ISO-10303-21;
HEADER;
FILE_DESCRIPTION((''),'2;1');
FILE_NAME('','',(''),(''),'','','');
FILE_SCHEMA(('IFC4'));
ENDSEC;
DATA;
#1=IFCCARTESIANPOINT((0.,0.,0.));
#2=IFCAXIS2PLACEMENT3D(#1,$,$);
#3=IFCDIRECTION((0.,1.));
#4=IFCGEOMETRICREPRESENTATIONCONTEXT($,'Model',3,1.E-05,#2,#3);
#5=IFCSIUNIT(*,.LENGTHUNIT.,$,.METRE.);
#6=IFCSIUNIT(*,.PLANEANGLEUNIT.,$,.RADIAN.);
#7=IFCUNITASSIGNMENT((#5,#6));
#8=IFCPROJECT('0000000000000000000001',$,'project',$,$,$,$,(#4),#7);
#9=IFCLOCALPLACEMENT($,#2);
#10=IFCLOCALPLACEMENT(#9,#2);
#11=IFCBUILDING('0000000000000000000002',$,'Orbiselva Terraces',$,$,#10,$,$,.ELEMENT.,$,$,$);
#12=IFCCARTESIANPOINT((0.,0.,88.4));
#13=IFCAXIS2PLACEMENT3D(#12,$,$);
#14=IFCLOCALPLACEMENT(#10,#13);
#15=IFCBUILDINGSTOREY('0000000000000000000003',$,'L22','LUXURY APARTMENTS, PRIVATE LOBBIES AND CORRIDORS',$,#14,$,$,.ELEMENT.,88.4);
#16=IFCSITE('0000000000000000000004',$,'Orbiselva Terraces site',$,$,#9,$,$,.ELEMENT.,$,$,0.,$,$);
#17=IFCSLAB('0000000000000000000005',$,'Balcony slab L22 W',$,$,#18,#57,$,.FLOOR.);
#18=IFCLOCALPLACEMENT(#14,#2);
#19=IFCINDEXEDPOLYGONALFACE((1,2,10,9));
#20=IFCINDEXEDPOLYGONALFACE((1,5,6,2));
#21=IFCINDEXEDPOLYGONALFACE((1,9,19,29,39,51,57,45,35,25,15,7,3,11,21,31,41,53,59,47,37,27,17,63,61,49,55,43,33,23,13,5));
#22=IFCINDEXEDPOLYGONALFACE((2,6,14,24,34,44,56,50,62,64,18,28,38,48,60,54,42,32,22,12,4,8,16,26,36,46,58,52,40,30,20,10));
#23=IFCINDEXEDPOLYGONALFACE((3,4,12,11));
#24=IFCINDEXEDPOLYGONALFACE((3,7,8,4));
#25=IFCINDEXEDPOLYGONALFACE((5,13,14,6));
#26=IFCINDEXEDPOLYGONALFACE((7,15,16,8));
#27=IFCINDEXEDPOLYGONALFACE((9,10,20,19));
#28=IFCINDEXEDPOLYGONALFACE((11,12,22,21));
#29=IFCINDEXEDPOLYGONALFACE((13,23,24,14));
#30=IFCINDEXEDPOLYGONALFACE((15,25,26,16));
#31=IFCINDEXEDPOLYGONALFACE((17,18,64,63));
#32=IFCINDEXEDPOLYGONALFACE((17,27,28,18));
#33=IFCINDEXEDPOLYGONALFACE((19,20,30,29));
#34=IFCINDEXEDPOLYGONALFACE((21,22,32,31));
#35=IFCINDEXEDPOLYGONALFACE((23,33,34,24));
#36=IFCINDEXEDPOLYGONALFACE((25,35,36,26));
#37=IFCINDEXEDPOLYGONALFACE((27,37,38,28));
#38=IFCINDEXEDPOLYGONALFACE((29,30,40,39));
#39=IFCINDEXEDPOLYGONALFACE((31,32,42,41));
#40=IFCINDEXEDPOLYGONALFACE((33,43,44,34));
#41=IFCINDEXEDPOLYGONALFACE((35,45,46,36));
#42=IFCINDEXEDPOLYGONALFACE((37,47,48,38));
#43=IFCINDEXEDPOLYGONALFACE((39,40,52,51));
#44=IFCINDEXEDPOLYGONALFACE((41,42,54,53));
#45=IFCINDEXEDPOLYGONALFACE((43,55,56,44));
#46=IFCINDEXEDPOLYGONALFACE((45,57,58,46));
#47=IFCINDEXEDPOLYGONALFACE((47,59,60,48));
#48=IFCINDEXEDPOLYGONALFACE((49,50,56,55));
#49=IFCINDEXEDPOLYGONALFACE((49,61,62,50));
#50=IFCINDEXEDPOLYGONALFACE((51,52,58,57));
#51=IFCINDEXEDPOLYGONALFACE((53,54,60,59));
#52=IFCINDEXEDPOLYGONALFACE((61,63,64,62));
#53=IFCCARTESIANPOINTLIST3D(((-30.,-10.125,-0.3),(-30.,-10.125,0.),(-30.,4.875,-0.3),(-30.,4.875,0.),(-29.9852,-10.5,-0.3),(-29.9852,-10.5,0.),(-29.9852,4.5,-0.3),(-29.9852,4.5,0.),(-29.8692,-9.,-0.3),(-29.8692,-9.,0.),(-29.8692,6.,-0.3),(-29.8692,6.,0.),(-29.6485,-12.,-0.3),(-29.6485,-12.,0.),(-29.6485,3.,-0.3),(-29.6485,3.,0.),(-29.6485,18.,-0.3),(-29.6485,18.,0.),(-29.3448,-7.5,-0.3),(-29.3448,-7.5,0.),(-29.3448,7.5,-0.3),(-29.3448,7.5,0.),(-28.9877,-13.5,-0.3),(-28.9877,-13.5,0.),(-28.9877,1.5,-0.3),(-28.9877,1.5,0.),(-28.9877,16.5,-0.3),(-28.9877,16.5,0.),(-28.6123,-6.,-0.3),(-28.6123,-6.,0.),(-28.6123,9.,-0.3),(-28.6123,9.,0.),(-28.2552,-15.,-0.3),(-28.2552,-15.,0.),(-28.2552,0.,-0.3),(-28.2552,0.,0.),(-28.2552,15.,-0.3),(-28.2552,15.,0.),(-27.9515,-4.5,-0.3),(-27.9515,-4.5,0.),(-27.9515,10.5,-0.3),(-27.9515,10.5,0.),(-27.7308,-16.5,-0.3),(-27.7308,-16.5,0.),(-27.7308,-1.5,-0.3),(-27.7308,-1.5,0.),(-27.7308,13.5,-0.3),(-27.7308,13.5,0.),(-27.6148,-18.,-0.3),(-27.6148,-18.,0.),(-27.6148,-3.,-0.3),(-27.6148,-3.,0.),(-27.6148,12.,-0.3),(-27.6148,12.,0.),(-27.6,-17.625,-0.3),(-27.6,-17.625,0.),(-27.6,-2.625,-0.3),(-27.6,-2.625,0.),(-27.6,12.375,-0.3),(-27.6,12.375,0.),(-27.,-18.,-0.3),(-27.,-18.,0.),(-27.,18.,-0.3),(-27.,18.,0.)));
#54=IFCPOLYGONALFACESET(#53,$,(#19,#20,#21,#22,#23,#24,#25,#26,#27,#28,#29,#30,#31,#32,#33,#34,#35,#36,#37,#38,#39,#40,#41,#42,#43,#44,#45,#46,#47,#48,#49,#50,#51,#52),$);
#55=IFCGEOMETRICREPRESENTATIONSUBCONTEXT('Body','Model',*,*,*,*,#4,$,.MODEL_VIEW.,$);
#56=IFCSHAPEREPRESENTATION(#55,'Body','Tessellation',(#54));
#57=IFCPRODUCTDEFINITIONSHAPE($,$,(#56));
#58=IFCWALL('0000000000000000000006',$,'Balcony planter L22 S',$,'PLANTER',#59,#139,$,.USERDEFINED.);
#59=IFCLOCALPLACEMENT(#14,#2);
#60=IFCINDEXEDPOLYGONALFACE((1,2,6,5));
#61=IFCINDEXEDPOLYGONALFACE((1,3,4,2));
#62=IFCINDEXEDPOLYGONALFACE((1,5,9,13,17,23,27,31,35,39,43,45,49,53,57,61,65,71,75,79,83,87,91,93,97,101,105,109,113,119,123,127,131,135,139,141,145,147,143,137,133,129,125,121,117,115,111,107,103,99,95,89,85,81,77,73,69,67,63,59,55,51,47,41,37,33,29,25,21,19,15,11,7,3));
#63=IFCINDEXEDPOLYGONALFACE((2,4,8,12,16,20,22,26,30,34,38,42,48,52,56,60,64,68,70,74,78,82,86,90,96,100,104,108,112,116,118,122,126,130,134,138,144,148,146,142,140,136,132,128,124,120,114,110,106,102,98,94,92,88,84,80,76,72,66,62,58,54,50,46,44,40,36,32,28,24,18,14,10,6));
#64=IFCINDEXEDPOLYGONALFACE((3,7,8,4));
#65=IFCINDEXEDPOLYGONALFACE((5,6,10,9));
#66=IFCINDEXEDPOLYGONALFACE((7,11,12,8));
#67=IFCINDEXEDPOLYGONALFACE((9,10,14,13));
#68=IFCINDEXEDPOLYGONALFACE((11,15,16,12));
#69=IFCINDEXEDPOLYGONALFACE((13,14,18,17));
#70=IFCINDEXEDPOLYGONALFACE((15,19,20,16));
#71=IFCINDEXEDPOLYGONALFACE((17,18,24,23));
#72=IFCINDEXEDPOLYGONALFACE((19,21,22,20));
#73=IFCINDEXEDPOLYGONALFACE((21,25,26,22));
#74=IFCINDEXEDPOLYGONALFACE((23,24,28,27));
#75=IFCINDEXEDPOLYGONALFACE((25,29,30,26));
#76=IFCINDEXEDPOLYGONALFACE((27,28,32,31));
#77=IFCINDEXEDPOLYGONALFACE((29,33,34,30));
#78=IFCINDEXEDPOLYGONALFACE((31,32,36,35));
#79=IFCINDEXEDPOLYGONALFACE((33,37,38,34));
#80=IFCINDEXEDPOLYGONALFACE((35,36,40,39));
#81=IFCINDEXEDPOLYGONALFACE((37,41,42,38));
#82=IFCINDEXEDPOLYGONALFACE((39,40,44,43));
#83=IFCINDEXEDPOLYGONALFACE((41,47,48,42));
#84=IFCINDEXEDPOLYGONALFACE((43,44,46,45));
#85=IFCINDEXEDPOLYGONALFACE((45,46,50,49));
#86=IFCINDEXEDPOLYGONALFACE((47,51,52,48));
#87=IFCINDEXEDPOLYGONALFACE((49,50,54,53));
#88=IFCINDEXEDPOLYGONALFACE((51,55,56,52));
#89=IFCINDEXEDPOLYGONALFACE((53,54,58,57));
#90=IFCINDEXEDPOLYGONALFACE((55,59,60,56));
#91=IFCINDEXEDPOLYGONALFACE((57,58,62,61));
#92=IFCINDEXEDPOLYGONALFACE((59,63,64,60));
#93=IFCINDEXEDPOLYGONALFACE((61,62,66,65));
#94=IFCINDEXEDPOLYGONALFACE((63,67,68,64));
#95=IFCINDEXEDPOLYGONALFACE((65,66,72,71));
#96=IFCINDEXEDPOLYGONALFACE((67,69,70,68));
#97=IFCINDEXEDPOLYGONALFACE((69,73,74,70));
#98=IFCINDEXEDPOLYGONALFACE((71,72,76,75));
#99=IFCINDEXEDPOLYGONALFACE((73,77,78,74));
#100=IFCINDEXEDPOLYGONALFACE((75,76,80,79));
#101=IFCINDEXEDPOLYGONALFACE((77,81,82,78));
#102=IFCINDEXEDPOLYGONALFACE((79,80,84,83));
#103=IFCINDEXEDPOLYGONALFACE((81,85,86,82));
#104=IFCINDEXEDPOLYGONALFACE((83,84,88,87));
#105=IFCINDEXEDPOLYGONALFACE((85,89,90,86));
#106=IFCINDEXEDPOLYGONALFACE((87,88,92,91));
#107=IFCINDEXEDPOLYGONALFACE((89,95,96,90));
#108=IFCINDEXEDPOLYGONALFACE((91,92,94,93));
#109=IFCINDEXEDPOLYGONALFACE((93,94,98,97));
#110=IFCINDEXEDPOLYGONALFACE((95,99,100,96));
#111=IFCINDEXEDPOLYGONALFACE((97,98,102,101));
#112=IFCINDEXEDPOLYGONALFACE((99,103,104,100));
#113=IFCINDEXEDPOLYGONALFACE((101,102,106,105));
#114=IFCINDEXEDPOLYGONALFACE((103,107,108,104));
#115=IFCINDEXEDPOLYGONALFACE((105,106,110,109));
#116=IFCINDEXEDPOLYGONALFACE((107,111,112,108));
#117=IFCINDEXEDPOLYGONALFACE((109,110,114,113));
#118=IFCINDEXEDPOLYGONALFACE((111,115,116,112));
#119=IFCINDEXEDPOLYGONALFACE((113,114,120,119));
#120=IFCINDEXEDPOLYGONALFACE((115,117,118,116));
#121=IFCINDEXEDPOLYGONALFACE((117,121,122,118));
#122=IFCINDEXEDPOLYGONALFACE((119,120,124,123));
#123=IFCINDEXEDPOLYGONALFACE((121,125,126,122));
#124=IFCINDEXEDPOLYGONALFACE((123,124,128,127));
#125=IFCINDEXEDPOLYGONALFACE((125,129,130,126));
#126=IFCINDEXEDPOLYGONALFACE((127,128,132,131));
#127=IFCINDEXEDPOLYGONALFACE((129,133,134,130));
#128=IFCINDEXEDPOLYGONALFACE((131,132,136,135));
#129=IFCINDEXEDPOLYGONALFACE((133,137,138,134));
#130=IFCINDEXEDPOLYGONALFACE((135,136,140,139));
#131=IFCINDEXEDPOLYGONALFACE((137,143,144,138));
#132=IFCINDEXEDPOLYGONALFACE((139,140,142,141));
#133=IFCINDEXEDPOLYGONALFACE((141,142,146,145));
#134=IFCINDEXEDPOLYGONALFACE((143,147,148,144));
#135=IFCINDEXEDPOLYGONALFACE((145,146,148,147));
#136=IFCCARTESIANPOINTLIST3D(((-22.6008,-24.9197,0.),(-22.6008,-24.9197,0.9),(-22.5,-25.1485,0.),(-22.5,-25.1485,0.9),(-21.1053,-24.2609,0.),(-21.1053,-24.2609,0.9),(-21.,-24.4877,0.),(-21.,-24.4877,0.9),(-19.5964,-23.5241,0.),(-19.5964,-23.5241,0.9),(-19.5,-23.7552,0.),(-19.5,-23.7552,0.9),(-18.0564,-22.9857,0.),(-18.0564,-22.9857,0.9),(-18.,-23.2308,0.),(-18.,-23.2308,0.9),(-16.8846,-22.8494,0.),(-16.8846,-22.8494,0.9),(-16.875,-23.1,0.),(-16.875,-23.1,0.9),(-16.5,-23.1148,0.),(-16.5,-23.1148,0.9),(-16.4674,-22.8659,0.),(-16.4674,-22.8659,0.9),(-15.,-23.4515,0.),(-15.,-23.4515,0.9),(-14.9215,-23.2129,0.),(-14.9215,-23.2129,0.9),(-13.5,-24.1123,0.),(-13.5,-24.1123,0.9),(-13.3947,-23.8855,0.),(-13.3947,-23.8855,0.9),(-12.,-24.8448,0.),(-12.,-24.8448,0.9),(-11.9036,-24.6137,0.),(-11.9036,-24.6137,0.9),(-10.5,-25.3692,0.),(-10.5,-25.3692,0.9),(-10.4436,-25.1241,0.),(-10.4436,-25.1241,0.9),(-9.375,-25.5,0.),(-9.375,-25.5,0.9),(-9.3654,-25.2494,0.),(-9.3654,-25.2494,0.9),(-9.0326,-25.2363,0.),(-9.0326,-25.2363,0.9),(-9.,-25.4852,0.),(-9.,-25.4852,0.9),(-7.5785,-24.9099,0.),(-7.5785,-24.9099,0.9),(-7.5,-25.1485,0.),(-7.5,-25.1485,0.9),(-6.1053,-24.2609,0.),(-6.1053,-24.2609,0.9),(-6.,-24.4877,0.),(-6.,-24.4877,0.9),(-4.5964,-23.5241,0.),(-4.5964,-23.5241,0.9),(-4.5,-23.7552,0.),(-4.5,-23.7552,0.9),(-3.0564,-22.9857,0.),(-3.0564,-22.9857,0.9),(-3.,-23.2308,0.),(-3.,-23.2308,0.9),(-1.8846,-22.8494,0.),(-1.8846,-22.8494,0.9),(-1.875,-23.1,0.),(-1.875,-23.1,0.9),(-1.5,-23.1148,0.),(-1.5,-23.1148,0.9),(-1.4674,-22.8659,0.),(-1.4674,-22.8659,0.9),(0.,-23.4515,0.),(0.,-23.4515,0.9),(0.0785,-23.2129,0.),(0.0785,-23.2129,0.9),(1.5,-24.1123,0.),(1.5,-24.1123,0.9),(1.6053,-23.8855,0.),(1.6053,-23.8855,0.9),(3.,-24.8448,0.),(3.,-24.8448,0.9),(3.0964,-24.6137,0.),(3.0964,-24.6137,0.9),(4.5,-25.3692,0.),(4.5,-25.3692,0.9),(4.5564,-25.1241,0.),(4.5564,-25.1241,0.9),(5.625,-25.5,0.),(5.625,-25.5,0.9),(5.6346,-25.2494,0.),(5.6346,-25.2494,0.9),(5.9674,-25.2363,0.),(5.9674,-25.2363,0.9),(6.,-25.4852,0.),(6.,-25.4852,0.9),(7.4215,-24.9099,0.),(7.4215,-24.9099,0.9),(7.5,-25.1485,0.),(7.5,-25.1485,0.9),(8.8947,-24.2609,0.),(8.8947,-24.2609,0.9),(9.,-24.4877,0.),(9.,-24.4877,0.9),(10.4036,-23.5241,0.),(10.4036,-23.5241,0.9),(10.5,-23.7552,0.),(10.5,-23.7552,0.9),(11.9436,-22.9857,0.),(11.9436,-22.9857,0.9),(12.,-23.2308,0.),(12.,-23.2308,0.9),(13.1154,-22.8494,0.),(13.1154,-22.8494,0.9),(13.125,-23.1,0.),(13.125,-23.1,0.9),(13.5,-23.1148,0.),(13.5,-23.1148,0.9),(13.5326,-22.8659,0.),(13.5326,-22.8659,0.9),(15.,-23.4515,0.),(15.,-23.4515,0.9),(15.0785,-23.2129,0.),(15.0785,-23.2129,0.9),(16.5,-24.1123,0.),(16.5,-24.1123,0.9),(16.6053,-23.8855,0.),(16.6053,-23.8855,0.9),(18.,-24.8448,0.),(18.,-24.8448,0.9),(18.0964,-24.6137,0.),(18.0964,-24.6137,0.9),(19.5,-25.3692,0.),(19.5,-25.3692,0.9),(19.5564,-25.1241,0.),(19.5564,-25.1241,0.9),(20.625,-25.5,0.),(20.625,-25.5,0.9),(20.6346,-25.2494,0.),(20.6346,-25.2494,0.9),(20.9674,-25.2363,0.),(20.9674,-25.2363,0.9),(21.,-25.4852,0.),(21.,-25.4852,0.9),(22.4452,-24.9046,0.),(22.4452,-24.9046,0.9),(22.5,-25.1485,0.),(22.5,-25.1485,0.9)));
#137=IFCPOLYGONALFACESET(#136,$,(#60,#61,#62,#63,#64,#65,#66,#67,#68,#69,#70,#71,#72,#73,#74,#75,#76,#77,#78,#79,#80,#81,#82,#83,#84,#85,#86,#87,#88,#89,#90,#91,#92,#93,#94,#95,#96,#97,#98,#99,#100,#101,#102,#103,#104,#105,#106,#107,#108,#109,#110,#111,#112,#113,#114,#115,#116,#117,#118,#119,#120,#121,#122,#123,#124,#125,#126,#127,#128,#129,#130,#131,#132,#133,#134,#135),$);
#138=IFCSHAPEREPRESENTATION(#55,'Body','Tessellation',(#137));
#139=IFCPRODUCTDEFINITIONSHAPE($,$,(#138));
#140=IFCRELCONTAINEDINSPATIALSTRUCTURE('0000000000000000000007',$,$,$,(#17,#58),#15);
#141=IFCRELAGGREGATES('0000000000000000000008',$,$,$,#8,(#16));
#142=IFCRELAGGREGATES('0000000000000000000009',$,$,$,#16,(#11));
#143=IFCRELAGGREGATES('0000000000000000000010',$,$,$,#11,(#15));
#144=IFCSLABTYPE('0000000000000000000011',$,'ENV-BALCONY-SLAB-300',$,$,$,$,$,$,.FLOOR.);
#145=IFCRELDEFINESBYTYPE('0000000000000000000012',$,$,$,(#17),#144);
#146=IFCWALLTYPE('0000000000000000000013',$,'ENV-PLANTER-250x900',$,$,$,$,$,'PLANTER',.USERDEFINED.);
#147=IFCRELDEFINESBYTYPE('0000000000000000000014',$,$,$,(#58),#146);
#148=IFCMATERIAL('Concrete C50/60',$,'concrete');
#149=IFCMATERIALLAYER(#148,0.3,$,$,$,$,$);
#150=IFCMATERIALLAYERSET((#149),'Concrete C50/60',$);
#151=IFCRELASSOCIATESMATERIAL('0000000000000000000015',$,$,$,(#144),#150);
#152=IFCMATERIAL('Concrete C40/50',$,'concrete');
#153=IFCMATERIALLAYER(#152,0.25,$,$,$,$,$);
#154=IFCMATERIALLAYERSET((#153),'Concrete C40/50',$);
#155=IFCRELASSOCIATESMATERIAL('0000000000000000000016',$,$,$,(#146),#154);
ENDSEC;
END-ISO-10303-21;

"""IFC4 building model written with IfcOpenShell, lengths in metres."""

from ifc_helpers import new_model, si_unit, direction, frame, origin, place, context, subcontext, project, spatial, polyline, outline, extrude, material, layer, layer_set, type_object, element, save


model = new_model("IFC4")

# Units and contexts
model_context = context("Model", 3, precision=1e-05, world=origin(), true_north=direction((0.0, 1.0)))
body_context = subcontext(model_context, "Body", "Model", "MODEL_VIEW")
ifc_project = project(units=[si_unit("LENGTHUNIT", "METRE"), si_unit("PLANEANGLEUNIT", "RADIAN")], contexts=[model_context])

# Site, building, storey
site_placement = place(None, origin())
site = spatial("IfcSite", under=ifc_project, at=site_placement, Name="Orbiselva Terraces site", CompositionType="ELEMENT", RefElevation=0.0)
building_placement = place(site_placement, origin())
building = spatial("IfcBuilding", under=site, at=building_placement, Name="Orbiselva Terraces", CompositionType="ELEMENT")
storey_placement = place(building_placement, frame((0.0, 0.0, 88.4)))
storey = spatial("IfcBuildingStorey", under=building, at=storey_placement, Name="L22", Description="LUXURY APARTMENTS, PRIVATE LOBBIES AND CORRIDORS", CompositionType="ELEMENT", Elevation=88.4)

# Slab
ifc_material_1 = material(Name="Concrete C40/50", Category="concrete")
ifc_material_2 = material(Name="Concrete C50/60", Category="concrete")
ifc_layer_1 = layer(ifc_material_2, 0.3)
ifc_layer_set_1 = layer_set([ifc_layer_1], Name="Concrete C50/60")
slab_type_1 = type_object("IfcSlabType", Name="ENV-BALCONY-SLAB-300", PredefinedType="FLOOR", material=ifc_layer_set_1)
slab_1_placement = place(storey_placement, frame((0.0, 0.0, -0.3)))
element("IfcSlab", 1, at=slab_1_placement, inside=storey, type_object=slab_type_1, Name="Balcony slab L22 W", PredefinedType="FLOOR", context=body_context, shape_type="SweptSolid", body=[
    extrude(outline(polyline([(-29.6485, 18.0), (-28.9877, 16.5), (-28.2552, 15.0), (-27.7308, 13.5), (-27.6, 12.375), (-27.6148, 12.0), (-27.9515, 10.5), (-28.6123, 9.0), (-29.3448, 7.5), (-29.8692, 6.0), (-30.0, 4.875), (-29.9852, 4.5), (-29.6485, 3.0), (-28.9877, 1.5), (-28.2552, 0.0), (-27.7308, -1.5), (-27.6, -2.625), (-27.6148, -3.0), (-27.9515, -4.5), (-28.6123, -6.0), (-29.3448, -7.5), (-29.8692, -9.0), (-30.0, -10.125), (-29.9852, -10.5), (-29.6485, -12.0), (-28.9877, -13.5), (-28.2552, -15.0), (-27.7308, -16.5), (-27.6, -17.625), (-27.6148, -18.0), (-27.0, -18.0), (-27.0, 18.0), (-29.6485, 18.0)])), origin(), (0.0, 0.0, 1.0), 0.3),
])

# Wall
ifc_layer_2 = layer(ifc_material_1, 0.25)
ifc_layer_set_2 = layer_set([ifc_layer_2], Name="Concrete C40/50")
wall_type = type_object("IfcWallType", Name="ENV-PLANTER-250x900", ElementType="PLANTER", PredefinedType="USERDEFINED", material=ifc_layer_set_2)
wall_1_placement = place(storey_placement, origin())
element("IfcWall", 2, at=wall_1_placement, inside=storey, type_object=wall_type, Name="Balcony planter L22 S", ObjectType="PLANTER", PredefinedType="USERDEFINED", context=body_context, shape_type="SweptSolid", body=[
    extrude(outline(polyline([(-22.5, -25.1485), (-21.0, -24.4877), (-19.5, -23.7552), (-18.0, -23.2308), (-16.875, -23.1), (-16.5, -23.1148), (-15.0, -23.4515), (-13.5, -24.1123), (-12.0, -24.8448), (-10.5, -25.3692), (-9.375, -25.5), (-9.0, -25.4852), (-7.5, -25.1485), (-6.0, -24.4877), (-4.5, -23.7552), (-3.0, -23.2308), (-1.875, -23.1), (-1.5, -23.1148), (0.0, -23.4515), (1.5, -24.1123), (3.0, -24.8448), (4.5, -25.3692), (5.625, -25.5), (6.0, -25.4852), (7.5, -25.1485), (9.0, -24.4877), (10.5, -23.7552), (12.0, -23.2308), (13.125, -23.1), (13.5, -23.1148), (15.0, -23.4515), (16.5, -24.1123), (18.0, -24.8448), (19.5, -25.3692), (20.625, -25.5), (21.0, -25.4852), (22.5, -25.1485), (22.4452, -24.9046), (20.9674, -25.2363), (20.6346, -25.2494), (19.5564, -25.1241), (18.0964, -24.6137), (16.6053, -23.8855), (15.0785, -23.2129), (13.5326, -22.8659), (13.1154, -22.8494), (11.9436, -22.9857), (10.4036, -23.5241), (8.8947, -24.2609), (7.4215, -24.9099), (5.9674, -25.2363), (5.6346, -25.2494), (4.5564, -25.1241), (3.0964, -24.6137), (1.6053, -23.8855), (0.0785, -23.2129), (-1.4674, -22.8659), (-1.8846, -22.8494), (-3.0564, -22.9857), (-4.5964, -23.5241), (-6.1053, -24.2609), (-7.5785, -24.9099), (-9.0326, -25.2363), (-9.3654, -25.2494), (-10.4436, -25.1241), (-11.9036, -24.6137), (-13.3947, -23.8855), (-14.9215, -23.2129), (-16.4674, -22.8659), (-16.8846, -22.8494), (-18.0564, -22.9857), (-19.5964, -23.5241), (-21.1053, -24.2609), (-22.6008, -24.9197), (-22.5, -25.1485)])), origin(), (0.0, 0.0, 1.0), 0.9),
])

save(model, "model.ifc")
